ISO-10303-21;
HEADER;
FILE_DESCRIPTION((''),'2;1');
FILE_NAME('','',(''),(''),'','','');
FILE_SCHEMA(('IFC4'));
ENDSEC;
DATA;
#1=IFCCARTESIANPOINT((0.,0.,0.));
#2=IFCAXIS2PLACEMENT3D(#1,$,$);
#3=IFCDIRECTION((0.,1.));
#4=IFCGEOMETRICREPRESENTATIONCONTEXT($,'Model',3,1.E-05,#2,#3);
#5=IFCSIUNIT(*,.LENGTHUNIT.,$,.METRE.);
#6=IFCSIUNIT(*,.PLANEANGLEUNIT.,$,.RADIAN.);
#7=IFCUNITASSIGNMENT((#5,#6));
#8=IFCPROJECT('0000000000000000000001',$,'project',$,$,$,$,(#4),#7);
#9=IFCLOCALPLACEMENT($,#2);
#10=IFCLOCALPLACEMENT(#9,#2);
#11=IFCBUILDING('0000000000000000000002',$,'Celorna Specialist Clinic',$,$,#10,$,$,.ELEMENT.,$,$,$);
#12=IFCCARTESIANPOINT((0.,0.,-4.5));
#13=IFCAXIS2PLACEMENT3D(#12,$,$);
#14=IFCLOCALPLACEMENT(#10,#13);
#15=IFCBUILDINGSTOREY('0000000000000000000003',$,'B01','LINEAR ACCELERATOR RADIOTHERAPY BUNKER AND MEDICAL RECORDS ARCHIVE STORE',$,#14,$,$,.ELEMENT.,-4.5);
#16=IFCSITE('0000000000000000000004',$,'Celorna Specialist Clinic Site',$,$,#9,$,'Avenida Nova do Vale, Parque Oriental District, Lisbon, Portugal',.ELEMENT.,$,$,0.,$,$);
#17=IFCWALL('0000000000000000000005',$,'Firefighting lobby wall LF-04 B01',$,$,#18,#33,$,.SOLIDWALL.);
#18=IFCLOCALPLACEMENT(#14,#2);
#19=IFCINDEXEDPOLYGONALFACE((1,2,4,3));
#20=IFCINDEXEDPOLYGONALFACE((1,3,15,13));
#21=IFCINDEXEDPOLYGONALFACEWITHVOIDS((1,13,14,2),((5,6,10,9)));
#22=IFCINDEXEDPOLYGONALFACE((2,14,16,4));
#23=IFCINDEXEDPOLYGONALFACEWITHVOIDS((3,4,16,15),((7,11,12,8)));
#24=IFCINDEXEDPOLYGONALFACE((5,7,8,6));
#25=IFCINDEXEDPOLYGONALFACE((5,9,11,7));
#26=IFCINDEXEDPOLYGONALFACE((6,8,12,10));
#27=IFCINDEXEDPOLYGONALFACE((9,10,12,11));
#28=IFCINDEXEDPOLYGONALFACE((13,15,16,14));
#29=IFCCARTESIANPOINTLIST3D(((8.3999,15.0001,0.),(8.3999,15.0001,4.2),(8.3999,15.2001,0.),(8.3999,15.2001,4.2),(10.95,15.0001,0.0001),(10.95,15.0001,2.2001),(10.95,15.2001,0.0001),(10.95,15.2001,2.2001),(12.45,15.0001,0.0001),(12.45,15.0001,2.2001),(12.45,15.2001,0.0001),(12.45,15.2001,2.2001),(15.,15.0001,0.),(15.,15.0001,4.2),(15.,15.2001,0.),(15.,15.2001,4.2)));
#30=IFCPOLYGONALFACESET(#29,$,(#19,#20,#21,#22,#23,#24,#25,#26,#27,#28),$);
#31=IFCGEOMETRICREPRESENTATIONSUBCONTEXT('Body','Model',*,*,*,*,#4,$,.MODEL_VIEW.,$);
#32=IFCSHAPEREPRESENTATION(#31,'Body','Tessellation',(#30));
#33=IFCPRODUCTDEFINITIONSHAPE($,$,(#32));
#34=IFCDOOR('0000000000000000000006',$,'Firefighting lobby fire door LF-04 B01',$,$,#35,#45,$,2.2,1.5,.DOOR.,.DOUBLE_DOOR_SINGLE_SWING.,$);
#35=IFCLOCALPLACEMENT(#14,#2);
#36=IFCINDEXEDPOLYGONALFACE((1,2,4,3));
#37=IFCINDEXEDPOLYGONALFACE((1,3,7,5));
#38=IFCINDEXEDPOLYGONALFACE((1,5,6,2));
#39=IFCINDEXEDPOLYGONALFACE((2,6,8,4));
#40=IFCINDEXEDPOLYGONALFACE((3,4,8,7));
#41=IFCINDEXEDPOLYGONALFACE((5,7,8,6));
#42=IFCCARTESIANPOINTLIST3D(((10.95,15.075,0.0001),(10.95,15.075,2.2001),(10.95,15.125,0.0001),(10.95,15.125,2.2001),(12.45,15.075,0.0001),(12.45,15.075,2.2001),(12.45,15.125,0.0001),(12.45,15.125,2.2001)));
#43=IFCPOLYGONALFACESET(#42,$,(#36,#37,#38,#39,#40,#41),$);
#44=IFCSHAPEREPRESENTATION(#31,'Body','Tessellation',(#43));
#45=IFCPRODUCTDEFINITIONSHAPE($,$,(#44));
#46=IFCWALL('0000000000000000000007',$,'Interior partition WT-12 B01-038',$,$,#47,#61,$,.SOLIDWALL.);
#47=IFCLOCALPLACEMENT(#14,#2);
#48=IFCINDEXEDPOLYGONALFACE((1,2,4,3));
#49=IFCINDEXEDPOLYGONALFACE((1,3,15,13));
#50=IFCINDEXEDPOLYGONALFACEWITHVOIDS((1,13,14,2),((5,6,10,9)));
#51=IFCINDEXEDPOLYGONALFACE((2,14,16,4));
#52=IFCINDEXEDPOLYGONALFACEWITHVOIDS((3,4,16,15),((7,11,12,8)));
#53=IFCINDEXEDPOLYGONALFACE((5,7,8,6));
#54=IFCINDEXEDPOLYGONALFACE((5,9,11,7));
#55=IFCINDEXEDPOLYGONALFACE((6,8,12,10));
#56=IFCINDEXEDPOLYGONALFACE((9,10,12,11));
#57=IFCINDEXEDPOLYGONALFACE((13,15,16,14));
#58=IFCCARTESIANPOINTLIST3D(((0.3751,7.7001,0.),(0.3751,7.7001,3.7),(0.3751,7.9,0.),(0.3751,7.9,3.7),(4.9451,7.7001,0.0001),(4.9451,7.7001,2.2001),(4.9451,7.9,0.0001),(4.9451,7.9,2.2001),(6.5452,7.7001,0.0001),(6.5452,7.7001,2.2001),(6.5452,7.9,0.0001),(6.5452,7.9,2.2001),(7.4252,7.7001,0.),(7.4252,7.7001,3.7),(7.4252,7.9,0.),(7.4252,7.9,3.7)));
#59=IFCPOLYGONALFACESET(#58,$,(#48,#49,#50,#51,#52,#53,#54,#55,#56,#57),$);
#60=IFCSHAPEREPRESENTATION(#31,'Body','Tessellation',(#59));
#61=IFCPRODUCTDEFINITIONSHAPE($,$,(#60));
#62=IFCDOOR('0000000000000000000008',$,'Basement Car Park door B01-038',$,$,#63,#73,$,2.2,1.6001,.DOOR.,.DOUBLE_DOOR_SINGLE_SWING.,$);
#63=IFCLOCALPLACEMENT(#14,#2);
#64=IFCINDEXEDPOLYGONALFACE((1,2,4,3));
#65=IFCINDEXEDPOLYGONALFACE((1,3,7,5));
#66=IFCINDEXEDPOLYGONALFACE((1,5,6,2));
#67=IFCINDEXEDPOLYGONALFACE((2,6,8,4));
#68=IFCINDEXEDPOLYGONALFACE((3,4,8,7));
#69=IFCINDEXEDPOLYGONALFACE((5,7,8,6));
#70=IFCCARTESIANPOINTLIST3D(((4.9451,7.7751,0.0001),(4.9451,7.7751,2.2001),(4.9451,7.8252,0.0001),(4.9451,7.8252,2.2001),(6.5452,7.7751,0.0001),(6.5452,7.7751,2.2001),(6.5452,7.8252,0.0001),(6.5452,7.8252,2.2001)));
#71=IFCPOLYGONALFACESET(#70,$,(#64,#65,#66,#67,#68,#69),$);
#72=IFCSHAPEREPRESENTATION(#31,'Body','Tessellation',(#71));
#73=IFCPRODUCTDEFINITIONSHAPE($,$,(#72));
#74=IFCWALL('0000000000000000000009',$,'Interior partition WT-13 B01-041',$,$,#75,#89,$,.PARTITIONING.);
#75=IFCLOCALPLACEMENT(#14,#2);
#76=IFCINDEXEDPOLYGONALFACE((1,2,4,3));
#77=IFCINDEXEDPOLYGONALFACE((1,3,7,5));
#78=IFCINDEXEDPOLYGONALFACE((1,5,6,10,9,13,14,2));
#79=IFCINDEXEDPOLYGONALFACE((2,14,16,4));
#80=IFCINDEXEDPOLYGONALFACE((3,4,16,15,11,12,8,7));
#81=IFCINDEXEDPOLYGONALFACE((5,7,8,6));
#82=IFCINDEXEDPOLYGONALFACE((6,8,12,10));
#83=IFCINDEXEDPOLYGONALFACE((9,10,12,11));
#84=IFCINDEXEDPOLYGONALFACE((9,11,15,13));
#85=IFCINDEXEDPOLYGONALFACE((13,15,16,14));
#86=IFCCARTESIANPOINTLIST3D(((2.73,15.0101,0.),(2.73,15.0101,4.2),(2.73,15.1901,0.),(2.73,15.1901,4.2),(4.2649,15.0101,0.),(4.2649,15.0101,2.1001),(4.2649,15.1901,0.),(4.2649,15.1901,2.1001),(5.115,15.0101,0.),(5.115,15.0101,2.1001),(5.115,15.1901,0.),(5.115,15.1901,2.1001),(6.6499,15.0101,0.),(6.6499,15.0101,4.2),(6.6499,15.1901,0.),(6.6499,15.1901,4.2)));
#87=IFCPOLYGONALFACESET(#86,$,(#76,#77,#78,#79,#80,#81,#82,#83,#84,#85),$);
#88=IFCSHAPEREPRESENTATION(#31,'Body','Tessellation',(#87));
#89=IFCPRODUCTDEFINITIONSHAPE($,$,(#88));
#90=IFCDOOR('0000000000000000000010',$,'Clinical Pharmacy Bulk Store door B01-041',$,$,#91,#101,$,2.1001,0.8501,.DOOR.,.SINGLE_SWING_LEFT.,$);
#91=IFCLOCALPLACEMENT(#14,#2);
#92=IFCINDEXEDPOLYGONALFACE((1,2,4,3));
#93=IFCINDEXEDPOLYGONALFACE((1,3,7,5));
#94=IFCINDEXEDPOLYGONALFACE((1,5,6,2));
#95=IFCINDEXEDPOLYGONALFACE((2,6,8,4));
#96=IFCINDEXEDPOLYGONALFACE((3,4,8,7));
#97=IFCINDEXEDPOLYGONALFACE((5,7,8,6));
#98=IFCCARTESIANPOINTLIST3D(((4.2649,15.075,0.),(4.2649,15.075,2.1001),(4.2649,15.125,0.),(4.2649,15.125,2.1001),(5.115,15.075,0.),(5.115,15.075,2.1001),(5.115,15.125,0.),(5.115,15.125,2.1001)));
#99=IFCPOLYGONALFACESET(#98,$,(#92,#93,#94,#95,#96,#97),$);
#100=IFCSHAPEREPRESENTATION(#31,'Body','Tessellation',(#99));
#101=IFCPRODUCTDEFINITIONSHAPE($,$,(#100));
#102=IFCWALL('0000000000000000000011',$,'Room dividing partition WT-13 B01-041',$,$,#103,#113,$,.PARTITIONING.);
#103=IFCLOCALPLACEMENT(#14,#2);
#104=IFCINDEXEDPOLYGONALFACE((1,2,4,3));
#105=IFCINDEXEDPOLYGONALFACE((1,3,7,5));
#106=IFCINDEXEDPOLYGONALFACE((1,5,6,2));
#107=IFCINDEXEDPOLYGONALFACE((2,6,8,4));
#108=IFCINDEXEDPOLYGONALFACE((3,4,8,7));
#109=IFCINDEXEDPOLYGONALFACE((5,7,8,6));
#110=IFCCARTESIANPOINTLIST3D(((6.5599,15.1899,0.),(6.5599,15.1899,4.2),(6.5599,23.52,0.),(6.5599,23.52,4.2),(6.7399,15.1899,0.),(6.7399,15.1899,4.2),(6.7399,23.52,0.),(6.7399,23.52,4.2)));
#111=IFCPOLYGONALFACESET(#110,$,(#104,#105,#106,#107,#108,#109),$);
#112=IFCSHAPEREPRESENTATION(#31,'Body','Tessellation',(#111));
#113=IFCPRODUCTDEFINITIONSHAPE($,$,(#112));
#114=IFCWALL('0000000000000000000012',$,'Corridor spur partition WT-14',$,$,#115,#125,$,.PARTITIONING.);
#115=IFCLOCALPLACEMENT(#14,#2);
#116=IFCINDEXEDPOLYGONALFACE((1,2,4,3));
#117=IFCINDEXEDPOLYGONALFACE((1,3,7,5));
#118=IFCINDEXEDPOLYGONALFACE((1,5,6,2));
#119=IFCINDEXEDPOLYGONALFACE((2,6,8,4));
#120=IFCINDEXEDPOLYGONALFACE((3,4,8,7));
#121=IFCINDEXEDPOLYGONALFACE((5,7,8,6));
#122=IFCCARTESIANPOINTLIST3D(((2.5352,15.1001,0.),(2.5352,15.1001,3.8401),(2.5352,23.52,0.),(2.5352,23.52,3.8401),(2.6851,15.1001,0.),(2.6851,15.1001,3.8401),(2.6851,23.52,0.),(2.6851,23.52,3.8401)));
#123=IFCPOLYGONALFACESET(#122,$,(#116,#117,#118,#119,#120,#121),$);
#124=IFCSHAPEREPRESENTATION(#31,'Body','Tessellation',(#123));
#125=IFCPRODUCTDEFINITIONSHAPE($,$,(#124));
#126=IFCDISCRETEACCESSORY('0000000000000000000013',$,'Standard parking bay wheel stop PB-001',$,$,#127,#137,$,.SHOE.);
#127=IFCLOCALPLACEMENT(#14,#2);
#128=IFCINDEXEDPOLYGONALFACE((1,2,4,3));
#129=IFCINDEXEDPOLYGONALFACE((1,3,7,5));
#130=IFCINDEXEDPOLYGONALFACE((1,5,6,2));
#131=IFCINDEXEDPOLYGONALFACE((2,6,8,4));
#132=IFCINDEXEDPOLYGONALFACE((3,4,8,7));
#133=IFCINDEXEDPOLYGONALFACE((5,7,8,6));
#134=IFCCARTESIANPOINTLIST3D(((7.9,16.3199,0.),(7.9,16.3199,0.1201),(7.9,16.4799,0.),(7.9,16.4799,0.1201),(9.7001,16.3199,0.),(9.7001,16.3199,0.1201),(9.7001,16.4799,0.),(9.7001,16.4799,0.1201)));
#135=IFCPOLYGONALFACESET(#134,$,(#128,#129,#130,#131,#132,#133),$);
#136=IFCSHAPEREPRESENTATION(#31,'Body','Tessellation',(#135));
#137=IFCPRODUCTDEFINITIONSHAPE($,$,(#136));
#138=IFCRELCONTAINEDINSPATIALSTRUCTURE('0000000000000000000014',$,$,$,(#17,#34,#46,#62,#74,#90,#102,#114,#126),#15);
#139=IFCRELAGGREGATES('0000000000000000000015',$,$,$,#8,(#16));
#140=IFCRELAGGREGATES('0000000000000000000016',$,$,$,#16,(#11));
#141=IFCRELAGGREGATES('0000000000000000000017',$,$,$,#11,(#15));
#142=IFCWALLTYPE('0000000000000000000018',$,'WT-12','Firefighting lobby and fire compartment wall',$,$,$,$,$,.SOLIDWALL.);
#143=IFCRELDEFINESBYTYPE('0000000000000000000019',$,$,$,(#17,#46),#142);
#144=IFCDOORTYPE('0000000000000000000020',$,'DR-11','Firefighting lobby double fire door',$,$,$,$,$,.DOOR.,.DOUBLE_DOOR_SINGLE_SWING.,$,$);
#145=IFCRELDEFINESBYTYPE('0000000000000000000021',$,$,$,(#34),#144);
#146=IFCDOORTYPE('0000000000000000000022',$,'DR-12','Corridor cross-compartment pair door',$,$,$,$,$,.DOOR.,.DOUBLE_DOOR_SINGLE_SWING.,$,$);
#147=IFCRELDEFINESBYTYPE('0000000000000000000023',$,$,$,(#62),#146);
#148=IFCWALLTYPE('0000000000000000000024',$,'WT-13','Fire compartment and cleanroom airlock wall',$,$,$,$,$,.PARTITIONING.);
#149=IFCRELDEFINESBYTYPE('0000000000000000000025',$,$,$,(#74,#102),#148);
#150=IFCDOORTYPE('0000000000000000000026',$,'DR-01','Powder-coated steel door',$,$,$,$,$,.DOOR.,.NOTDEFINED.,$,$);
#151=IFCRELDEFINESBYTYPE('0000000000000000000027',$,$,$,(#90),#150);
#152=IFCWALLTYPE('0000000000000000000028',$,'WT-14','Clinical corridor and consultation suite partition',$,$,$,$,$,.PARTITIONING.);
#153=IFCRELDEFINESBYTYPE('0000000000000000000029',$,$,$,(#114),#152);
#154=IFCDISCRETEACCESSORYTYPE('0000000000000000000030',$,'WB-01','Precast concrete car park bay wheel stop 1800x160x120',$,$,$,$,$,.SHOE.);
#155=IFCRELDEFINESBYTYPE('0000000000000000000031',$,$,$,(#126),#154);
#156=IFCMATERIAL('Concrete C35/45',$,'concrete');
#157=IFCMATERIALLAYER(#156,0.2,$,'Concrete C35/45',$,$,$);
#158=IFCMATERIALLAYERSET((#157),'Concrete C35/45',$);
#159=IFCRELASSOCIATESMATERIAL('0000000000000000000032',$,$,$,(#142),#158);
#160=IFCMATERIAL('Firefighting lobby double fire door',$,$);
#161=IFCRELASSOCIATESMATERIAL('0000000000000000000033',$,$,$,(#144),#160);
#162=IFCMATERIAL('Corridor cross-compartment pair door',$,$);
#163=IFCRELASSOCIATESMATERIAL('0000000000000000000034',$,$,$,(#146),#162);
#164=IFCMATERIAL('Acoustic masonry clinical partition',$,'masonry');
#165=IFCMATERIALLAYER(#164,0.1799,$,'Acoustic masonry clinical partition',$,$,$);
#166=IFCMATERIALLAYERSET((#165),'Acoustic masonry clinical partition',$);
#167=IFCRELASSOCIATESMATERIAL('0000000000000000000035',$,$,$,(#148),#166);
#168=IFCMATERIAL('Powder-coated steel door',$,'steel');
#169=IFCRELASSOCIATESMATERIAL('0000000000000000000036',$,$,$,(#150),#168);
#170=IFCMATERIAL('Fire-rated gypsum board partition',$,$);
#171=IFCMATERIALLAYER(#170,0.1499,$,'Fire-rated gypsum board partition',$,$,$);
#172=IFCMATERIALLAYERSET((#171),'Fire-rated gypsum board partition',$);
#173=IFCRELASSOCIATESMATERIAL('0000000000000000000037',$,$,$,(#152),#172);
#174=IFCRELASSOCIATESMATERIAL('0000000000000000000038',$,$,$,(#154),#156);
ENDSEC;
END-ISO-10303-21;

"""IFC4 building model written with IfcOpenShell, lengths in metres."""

from ifc_helpers import new_model, si_unit, direction, frame, frame_2d, origin, origin_2d, place, context, subcontext, project, spatial, rectangle, extrude, material, layer, layer_set, type_object, element, fill, save


model = new_model("IFC4")

# Units and contexts
model_context = context("Model", 3, precision=1e-05, world=origin(), true_north=direction((0.0, 1.0)))
body_context = subcontext(model_context, "Body", "Model", "MODEL_VIEW")
ifc_project = project(units=[si_unit("LENGTHUNIT", "METRE"), si_unit("PLANEANGLEUNIT", "RADIAN")], contexts=[model_context])

# Site, building, storey
site_placement = place(None, origin())
site = spatial("IfcSite", under=ifc_project, at=site_placement, Name="Celorna Specialist Clinic Site", LongName="Avenida Nova do Vale, Parque Oriental District, Lisbon, Portugal", CompositionType="ELEMENT", RefElevation=0.0)
building_placement = place(site_placement, origin())
building = spatial("IfcBuilding", under=site, at=building_placement, Name="Celorna Specialist Clinic", CompositionType="ELEMENT")
storey_placement = place(building_placement, frame((0.0, 0.0, -4.5)))
storey = spatial("IfcBuildingStorey", under=building, at=storey_placement, Name="B01", Description="LINEAR ACCELERATOR RADIOTHERAPY BUNKER AND MEDICAL RECORDS ARCHIVE STORE", CompositionType="ELEMENT", Elevation=-4.5)

# Shared definitions
ifc_material_1 = material(Name="Concrete C35/45", Category="concrete")

# Walls, openings, doors
ifc_layer_1 = layer(ifc_material_1, 0.2, Name="Concrete C35/45")
ifc_layer_set_1 = layer_set([ifc_layer_1], Name="Concrete C35/45")
wall_type_1 = type_object("IfcWallType", Name="WT-12", Description="Firefighting lobby and fire compartment wall", PredefinedType="SOLIDWALL", material=ifc_layer_set_1)
wall_1_placement = place(storey_placement, frame((8.3999, 15.1001, 0.0), z_axis=(0.0, 0.0, 1.0), x_axis=(1.0, 0.0, 0.0)))
wall_1 = element("IfcWall", 1, at=wall_1_placement, inside=storey, type_object=wall_type_1, Name="Firefighting lobby wall LF-04 B01", PredefinedType="SOLIDWALL", context=body_context, shape_type="SweptSolid", body=[
    extrude(rectangle(XDim=6.6001, YDim=0.2, at=frame_2d((3.3, 0.0))), origin(), (0.0, 0.0, 1.0), 4.2),
])
opening_1_placement = place(wall_1_placement, frame((2.55, 0.0, 0.0)))
opening_1 = element("IfcOpeningElement", 2, at=opening_1_placement, cuts=wall_1, PredefinedType="OPENING", context=body_context, shape_type="SweptSolid", body=[
    extrude(rectangle(XDim=1.5, YDim=2.2, at=frame_2d((0.75, 1.1001))), frame((0.0, 0.1099, 0.0), z_axis=(0.0, -1.0, 0.0), x_axis=(1.0, 0.0, 0.0)), (0.0, 0.0, 1.0), 0.22),
])
ifc_material_2 = material(Name="Firefighting lobby double fire door")
door_type_1 = type_object("IfcDoorType", Name="DR-11", Description="Firefighting lobby double fire door", OperationType="DOUBLE_DOOR_SINGLE_SWING", PredefinedType="DOOR", material=ifc_material_2)
door_1_placement = place(opening_1_placement, origin())
door_1 = element("IfcDoor", 3, at=door_1_placement, inside=storey, type_object=door_type_1, Name="Firefighting lobby fire door LF-04 B01", OperationType="DOUBLE_DOOR_SINGLE_SWING", OverallHeight=2.2, OverallWidth=1.5, PredefinedType="DOOR", context=body_context, shape_type="SweptSolid", body=[
    extrude(rectangle(XDim=1.5, YDim=2.2, at=frame_2d((0.75, 1.1001))), frame((0.0, 0.0249, 0.0), z_axis=(0.0, -1.0, 0.0), x_axis=(1.0, 0.0, 0.0)), (0.0, 0.0, 1.0), 0.05),
])
fill(opening_1, door_1)
wall_2_placement = place(storey_placement, frame((7.425, 7.8, 0.0), z_axis=(0.0, 0.0, 1.0), x_axis=(-1.0, 0.0, 0.0)))
wall_2 = element("IfcWall", 4, at=wall_2_placement, inside=storey, type_object=wall_type_1, Name="Interior partition WT-12 B01-038", PredefinedType="SOLIDWALL", context=body_context, shape_type="SweptSolid", body=[
    extrude(rectangle(XDim=7.05, YDim=0.2, at=frame_2d((3.5249, 0.0))), origin(), (0.0, 0.0, 1.0), 3.7),
])
opening_2_placement = place(wall_2_placement, frame((0.8799, 0.0, 0.0)))
opening_2 = element("IfcOpeningElement", 5, at=opening_2_placement, cuts=wall_2, PredefinedType="OPENING", context=body_context, shape_type="SweptSolid", body=[
    extrude(rectangle(XDim=1.6001, YDim=2.2, at=frame_2d((0.8, 1.1001))), frame((0.0, 0.1099, 0.0), z_axis=(0.0, -1.0, 0.0), x_axis=(1.0, 0.0, 0.0)), (0.0, 0.0, 1.0), 0.22),
])
ifc_material_3 = material(Name="Corridor cross-compartment pair door")
door_type_2 = type_object("IfcDoorType", Name="DR-12", Description="Corridor cross-compartment pair door", OperationType="DOUBLE_DOOR_SINGLE_SWING", PredefinedType="DOOR", material=ifc_material_3)
door_2_placement = place(opening_2_placement, origin())
door_2 = element("IfcDoor", 6, at=door_2_placement, inside=storey, type_object=door_type_2, Name="Basement Car Park door B01-038", OperationType="DOUBLE_DOOR_SINGLE_SWING", OverallHeight=2.2, OverallWidth=1.6001, PredefinedType="DOOR", context=body_context, shape_type="SweptSolid", body=[
    extrude(rectangle(XDim=1.6001, YDim=2.2, at=frame_2d((0.8, 1.1001))), frame((0.0, 0.0249, 0.0), z_axis=(0.0, -1.0, 0.0), x_axis=(1.0, 0.0, 0.0)), (0.0, 0.0, 1.0), 0.05),
])
fill(opening_2, door_2)
ifc_material_4 = material(Name="Acoustic masonry clinical partition", Category="masonry")
ifc_layer_2 = layer(ifc_material_4, 0.1799, Name="Acoustic masonry clinical partition")
ifc_layer_set_2 = layer_set([ifc_layer_2], Name="Acoustic masonry clinical partition")
wall_type_2 = type_object("IfcWallType", Name="WT-13", Description="Fire compartment and cleanroom airlock wall", PredefinedType="PARTITIONING", material=ifc_layer_set_2)
wall_3_placement = place(storey_placement, frame((2.73, 15.1001, 0.0), z_axis=(0.0, 0.0, 1.0), x_axis=(1.0, 0.0, 0.0)))
wall_3 = element("IfcWall", 7, at=wall_3_placement, inside=storey, type_object=wall_type_2, Name="Interior partition WT-13 B01-041", PredefinedType="PARTITIONING", context=body_context, shape_type="SweptSolid", body=[
    extrude(rectangle(XDim=3.9199, YDim=0.1799, at=frame_2d((1.96, 0.0))), origin(), (0.0, 0.0, 1.0), 4.2),
])
opening_3_placement = place(wall_3_placement, frame((1.5349, 0.0, 0.0)))
opening_3 = element("IfcOpeningElement", 8, at=opening_3_placement, cuts=wall_3, PredefinedType="OPENING", context=body_context, shape_type="SweptSolid", body=[
    extrude(rectangle(XDim=0.8501, YDim=2.1001, at=frame_2d((0.425, 1.05))), frame((0.0, 0.0999, 0.0), z_axis=(0.0, -1.0, 0.0), x_axis=(1.0, 0.0, 0.0)), (0.0, 0.0, 1.0), 0.2),
])
ifc_material_5 = material(Name="Powder-coated steel door", Category="steel")
door_type_3 = type_object("IfcDoorType", Name="DR-01", Description="Powder-coated steel door", OperationType="NOTDEFINED", PredefinedType="DOOR", material=ifc_material_5)
door_3_placement = place(opening_3_placement, origin())
door_3 = element("IfcDoor", 9, at=door_3_placement, inside=storey, type_object=door_type_3, Name="Clinical Pharmacy Bulk Store door B01-041", OperationType="SINGLE_SWING_LEFT", OverallHeight=2.1001, OverallWidth=0.8501, PredefinedType="DOOR", context=body_context, shape_type="SweptSolid", body=[
    extrude(rectangle(XDim=0.8501, YDim=2.1001, at=frame_2d((0.425, 1.05))), frame((0.0, 0.0249, 0.0), z_axis=(0.0, -1.0, 0.0), x_axis=(1.0, 0.0, 0.0)), (0.0, 0.0, 1.0), 0.05),
])
fill(opening_3, door_3)

# Walls
wall_4_placement = place(storey_placement, frame((6.6499, 15.1899, 0.0), z_axis=(0.0, 0.0, 1.0), x_axis=(0.0, 1.0, 0.0)))
element("IfcWall", 10, at=wall_4_placement, inside=storey, type_object=wall_type_2, Name="Room dividing partition WT-13 B01-041", PredefinedType="PARTITIONING", context=body_context, shape_type="SweptSolid", body=[
    extrude(rectangle(XDim=8.3301, YDim=0.1799, at=frame_2d((4.165, 0.0))), origin(), (0.0, 0.0, 1.0), 4.2),
])
ifc_material_6 = material(Name="Fire-rated gypsum board partition")
ifc_layer_3 = layer(ifc_material_6, 0.1499, Name="Fire-rated gypsum board partition")
ifc_layer_set_3 = layer_set([ifc_layer_3], Name="Fire-rated gypsum board partition")
wall_type_3 = type_object("IfcWallType", Name="WT-14", Description="Clinical corridor and consultation suite partition", PredefinedType="PARTITIONING", material=ifc_layer_set_3)
wall_5_placement = place(storey_placement, frame((2.6101, 15.1001, 0.0), z_axis=(0.0, 0.0, 1.0), x_axis=(0.0, 1.0, 0.0)))
element("IfcWall", 11, at=wall_5_placement, inside=storey, type_object=wall_type_3, Name="Corridor spur partition WT-14", PredefinedType="PARTITIONING", context=body_context, shape_type="SweptSolid", body=[
    extrude(rectangle(XDim=8.4199, YDim=0.1499, at=frame_2d((4.21, 0.0))), origin(), (0.0, 0.0, 1.0), 3.8401),
])

# Discrete accessory
discrete_accessory_type = type_object("IfcDiscreteAccessoryType", Name="WB-01", Description="Precast concrete car park bay wheel stop 1800x160x120", PredefinedType="SHOE", material=ifc_material_1)
discrete_accessory_placement = place(storey_placement, frame((8.8, 16.3999, 0.0), z_axis=(0.0, 0.0, 1.0), x_axis=(1.0, 0.0, 0.0)))
element("IfcDiscreteAccessory", 12, at=discrete_accessory_placement, inside=storey, type_object=discrete_accessory_type, Name="Standard parking bay wheel stop PB-001", PredefinedType="SHOE", context=body_context, shape_type="SweptSolid", body=[
    extrude(rectangle(XDim=1.8, YDim=0.1599, at=origin_2d()), origin(), (0.0, 0.0, 1.0), 0.1201),
])

save(model, "model.ifc")
